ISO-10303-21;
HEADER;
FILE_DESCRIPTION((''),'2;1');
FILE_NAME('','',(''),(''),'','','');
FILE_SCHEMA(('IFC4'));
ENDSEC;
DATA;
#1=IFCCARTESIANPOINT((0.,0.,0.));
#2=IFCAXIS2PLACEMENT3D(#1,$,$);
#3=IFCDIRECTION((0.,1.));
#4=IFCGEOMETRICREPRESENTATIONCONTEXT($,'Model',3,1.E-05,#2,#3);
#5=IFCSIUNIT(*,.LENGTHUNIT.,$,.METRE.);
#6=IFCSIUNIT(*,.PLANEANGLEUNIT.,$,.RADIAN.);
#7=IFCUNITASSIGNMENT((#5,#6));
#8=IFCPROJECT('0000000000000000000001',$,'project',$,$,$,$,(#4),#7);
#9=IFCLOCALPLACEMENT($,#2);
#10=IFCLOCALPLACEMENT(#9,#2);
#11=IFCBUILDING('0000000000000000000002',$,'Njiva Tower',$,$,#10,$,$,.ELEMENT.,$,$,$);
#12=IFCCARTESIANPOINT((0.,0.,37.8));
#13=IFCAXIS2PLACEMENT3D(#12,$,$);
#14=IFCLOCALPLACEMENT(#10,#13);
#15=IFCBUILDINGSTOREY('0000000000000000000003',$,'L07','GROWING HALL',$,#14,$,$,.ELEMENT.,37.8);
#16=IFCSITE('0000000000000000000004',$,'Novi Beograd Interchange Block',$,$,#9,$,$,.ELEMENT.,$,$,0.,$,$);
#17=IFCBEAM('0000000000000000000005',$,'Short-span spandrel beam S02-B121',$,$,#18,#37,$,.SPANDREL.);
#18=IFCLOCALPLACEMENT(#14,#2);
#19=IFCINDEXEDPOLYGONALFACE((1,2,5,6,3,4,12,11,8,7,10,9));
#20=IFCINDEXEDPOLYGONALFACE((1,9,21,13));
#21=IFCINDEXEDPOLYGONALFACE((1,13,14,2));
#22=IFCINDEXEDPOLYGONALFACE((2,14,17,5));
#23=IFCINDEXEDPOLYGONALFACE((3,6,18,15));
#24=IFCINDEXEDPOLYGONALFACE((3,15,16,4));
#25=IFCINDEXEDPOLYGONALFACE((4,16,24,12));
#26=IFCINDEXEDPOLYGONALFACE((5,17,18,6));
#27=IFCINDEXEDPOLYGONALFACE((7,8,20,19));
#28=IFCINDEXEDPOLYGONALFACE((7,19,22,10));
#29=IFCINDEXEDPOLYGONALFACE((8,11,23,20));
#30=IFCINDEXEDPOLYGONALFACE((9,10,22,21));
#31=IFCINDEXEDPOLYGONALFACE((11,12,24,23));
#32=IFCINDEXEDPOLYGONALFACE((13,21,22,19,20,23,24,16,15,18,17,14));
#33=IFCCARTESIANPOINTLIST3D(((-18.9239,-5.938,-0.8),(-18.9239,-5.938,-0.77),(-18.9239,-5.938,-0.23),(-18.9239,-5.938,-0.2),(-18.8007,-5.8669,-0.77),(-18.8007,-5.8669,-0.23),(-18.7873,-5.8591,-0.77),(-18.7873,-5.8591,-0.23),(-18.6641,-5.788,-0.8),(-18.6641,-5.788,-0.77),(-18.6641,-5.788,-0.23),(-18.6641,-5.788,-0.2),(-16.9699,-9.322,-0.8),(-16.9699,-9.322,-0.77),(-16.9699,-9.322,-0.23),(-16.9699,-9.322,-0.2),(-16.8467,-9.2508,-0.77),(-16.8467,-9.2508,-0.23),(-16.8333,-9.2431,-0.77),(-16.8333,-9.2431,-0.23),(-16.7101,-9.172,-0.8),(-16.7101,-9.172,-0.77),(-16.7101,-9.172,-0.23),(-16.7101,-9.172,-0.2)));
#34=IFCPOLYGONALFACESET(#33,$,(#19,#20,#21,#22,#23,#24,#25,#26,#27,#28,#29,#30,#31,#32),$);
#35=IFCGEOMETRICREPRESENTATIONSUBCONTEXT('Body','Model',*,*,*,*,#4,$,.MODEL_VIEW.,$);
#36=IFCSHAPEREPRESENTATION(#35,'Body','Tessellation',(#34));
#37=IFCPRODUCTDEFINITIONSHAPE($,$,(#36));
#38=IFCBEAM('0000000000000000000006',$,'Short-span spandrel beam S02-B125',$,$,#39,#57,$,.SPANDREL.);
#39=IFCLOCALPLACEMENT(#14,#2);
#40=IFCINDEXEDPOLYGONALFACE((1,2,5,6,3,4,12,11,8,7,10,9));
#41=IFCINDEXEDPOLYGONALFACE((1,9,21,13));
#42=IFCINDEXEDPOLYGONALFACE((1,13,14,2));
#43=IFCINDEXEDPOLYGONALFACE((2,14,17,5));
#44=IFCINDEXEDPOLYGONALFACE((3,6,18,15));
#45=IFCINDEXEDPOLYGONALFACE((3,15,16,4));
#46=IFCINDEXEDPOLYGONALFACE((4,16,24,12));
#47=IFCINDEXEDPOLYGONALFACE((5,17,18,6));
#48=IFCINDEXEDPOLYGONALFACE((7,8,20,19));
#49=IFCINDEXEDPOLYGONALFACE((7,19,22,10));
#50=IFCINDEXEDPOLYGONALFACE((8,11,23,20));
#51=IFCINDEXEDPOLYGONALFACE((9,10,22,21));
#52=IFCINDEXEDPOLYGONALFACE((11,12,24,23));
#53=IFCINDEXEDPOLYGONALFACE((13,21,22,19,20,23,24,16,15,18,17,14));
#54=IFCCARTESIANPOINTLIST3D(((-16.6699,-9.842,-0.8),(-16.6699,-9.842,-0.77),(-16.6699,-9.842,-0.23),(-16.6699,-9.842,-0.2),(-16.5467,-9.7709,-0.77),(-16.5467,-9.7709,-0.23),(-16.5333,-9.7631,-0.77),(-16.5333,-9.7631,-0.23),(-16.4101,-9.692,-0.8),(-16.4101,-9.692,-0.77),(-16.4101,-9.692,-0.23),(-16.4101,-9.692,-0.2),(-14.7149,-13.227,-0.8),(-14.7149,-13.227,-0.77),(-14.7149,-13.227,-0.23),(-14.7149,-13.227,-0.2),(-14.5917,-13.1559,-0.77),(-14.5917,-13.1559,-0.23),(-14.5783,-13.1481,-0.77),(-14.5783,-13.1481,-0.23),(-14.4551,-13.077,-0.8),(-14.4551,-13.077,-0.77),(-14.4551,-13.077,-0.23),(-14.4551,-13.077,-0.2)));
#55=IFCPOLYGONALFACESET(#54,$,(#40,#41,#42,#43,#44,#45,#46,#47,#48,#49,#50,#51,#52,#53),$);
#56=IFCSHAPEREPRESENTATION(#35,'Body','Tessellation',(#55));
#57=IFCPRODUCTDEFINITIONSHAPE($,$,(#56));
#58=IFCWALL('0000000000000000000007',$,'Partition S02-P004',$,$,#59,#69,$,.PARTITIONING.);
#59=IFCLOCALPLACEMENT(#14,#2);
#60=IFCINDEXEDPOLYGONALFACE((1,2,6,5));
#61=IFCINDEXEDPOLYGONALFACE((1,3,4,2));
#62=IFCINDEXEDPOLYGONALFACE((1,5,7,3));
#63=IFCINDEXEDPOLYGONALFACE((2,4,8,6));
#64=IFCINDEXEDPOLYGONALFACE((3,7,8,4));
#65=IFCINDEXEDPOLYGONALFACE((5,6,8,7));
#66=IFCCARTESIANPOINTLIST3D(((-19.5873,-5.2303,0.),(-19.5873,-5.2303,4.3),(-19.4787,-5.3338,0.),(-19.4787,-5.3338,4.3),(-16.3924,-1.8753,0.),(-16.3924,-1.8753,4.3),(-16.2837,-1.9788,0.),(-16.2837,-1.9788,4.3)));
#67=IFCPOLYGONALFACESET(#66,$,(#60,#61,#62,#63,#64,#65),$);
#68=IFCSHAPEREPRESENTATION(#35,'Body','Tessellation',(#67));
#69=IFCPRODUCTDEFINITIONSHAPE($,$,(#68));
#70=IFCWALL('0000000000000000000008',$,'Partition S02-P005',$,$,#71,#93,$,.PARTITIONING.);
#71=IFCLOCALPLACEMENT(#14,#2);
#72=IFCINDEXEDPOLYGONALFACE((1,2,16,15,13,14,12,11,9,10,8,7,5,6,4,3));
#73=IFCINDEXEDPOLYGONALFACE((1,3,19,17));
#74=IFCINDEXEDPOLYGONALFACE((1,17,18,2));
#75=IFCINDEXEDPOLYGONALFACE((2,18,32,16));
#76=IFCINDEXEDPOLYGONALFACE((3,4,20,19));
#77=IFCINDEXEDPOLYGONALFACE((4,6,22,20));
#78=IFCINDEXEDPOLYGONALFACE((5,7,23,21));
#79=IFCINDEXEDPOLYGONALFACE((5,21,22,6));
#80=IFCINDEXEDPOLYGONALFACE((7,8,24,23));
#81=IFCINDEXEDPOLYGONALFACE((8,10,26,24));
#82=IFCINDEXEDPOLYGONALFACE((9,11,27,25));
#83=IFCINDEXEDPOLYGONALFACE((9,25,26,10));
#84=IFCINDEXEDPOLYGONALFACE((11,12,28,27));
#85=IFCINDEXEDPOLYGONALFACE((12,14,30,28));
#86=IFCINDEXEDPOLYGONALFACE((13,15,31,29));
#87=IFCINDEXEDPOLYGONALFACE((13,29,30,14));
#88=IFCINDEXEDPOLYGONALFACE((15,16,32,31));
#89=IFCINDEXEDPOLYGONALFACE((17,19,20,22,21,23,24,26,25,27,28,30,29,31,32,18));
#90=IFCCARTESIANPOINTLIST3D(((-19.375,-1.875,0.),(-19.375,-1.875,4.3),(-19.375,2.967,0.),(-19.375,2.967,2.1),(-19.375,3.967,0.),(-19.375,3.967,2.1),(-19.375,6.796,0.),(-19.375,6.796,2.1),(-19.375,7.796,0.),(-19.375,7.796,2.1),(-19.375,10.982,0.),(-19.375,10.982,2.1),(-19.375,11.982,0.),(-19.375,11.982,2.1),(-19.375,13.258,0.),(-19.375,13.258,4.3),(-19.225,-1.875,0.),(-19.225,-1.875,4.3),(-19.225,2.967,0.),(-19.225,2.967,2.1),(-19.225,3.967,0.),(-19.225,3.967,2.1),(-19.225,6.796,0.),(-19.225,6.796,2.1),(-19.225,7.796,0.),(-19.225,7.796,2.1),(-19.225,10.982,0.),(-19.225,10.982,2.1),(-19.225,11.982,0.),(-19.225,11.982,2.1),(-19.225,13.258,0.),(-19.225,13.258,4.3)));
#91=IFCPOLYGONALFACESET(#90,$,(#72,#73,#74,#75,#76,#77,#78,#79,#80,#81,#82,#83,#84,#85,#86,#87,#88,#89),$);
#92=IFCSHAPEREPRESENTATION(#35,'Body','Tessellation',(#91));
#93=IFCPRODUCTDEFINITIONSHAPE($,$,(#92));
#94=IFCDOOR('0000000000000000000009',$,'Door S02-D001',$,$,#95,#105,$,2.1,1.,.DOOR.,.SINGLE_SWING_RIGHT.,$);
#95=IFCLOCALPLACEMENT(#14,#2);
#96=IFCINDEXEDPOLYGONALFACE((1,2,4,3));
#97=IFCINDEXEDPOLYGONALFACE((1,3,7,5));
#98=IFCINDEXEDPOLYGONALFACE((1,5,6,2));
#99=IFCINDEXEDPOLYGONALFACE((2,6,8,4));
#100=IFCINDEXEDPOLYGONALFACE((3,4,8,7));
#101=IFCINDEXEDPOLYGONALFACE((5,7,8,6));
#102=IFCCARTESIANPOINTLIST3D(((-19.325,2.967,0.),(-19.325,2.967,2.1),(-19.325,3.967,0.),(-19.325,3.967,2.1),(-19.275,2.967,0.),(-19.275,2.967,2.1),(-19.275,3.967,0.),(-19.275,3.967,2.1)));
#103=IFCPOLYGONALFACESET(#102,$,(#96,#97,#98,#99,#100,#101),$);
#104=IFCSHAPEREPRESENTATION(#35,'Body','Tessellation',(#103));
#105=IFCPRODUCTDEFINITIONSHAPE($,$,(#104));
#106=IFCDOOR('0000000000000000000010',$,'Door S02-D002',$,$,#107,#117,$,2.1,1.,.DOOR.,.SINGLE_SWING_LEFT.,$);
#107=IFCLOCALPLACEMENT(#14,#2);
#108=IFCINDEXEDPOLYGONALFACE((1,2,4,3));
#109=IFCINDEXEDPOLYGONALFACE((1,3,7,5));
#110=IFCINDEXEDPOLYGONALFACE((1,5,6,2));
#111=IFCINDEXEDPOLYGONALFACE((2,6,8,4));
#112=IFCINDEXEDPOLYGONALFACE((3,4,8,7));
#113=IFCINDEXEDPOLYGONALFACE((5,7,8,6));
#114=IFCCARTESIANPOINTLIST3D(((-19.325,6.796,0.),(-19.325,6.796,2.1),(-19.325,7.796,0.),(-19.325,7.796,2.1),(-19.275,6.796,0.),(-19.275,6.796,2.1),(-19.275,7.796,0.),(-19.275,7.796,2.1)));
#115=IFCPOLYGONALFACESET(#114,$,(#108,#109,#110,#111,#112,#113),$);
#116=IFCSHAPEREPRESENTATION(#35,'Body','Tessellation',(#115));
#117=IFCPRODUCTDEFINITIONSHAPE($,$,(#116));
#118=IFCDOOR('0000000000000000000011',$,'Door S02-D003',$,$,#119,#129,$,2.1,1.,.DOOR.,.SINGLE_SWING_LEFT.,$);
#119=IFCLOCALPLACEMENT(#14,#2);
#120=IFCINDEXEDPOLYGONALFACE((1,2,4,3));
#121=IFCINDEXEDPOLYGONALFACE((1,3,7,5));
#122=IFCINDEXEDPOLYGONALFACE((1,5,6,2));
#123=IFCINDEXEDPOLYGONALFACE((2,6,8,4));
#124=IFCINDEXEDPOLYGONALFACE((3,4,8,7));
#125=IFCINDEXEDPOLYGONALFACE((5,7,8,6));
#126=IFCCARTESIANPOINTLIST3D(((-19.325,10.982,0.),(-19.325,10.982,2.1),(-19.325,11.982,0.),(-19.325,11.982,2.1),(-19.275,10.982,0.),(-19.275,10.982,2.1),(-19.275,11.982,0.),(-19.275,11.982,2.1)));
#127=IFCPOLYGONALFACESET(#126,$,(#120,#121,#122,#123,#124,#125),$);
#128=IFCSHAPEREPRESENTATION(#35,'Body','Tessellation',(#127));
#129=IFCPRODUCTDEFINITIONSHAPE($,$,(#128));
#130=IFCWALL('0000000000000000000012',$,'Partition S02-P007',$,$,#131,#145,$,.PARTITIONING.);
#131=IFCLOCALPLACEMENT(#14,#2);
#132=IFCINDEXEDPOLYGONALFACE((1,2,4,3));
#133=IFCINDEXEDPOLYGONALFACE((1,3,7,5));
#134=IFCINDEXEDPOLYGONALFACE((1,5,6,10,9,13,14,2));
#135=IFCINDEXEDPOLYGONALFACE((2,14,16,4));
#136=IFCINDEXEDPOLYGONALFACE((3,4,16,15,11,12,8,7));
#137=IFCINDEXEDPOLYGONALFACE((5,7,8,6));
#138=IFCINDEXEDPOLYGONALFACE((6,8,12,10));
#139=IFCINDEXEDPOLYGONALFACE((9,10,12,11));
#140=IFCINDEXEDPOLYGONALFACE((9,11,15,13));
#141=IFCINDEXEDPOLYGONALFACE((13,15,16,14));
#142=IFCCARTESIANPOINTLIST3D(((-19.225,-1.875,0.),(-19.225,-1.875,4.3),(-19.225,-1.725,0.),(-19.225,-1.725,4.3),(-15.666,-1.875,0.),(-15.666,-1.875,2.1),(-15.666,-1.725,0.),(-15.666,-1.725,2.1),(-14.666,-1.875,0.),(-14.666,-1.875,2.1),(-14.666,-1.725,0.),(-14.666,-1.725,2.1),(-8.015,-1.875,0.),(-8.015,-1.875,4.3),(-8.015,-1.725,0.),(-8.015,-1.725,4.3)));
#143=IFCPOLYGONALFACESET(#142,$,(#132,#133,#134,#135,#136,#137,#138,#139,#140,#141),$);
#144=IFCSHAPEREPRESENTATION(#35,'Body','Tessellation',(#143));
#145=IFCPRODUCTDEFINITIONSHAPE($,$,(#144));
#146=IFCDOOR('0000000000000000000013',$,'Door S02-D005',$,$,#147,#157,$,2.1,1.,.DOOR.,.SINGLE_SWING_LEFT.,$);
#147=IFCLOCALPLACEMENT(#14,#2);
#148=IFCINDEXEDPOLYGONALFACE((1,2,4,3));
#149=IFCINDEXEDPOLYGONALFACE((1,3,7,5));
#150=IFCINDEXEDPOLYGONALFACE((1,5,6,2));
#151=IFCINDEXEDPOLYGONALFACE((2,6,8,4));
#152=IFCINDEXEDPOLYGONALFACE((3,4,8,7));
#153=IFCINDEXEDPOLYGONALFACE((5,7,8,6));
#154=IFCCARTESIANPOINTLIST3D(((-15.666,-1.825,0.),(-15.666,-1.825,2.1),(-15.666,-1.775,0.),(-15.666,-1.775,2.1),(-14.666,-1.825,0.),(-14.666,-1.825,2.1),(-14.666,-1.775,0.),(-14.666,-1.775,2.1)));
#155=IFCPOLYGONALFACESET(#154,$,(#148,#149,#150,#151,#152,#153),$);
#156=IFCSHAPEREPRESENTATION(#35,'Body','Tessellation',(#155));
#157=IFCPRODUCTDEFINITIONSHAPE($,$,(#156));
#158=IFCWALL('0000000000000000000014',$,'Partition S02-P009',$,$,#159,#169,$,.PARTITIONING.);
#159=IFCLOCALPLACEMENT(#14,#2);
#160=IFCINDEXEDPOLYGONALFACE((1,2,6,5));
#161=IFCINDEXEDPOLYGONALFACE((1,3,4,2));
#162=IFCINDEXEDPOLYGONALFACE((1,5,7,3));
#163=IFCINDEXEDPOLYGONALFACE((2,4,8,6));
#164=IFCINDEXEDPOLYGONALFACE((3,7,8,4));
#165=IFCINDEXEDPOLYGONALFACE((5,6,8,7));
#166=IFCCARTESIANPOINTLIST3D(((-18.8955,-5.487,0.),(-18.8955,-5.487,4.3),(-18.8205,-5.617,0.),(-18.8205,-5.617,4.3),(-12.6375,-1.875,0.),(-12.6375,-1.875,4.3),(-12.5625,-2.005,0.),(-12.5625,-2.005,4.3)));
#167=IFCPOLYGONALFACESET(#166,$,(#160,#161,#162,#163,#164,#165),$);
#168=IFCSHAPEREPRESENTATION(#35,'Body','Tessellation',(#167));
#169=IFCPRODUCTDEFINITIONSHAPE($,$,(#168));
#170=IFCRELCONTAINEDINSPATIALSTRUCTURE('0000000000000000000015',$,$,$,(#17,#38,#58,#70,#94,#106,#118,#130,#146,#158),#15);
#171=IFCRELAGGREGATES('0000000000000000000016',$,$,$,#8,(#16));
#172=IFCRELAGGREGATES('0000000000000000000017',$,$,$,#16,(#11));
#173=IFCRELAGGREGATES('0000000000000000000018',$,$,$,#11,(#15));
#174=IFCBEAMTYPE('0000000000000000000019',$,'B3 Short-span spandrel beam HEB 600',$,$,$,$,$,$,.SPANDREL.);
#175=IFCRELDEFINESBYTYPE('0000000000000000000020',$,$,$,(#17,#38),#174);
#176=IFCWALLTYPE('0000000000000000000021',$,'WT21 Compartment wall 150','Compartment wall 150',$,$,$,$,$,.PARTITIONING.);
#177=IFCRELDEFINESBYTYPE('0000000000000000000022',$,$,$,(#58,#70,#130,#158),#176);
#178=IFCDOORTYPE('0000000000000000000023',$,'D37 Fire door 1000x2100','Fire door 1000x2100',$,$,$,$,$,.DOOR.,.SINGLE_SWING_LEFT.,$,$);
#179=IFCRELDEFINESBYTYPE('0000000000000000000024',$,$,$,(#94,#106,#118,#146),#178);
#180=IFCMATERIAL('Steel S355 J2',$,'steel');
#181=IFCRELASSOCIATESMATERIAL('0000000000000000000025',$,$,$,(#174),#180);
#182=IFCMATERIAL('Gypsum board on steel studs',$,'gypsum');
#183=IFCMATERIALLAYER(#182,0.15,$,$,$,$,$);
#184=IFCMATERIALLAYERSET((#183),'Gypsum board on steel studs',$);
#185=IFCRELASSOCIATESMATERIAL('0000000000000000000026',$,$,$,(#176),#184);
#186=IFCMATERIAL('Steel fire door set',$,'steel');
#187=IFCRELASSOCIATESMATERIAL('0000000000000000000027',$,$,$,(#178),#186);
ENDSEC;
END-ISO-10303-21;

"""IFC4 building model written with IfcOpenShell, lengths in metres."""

from ifc_helpers import new_model, si_unit, direction, frame, frame_2d, origin, origin_2d, place, context, subcontext, project, spatial, rectangle, i_section, extrude, material, layer, layer_set, material_profile, profile_set, type_object, element, fill, save


model = new_model("IFC4")

# Units and contexts
model_context = context("Model", 3, precision=1e-05, world=origin(), true_north=direction((0.0, 1.0)))
body_context = subcontext(model_context, "Body", "Model", "MODEL_VIEW")
ifc_project = project(units=[si_unit("LENGTHUNIT", "METRE"), si_unit("PLANEANGLEUNIT", "RADIAN")], contexts=[model_context])

# Site, building, storey
site_placement = place(None, origin())
site = spatial("IfcSite", under=ifc_project, at=site_placement, Name="Novi Beograd Interchange Block", CompositionType="ELEMENT", RefElevation=0.0)
building_placement = place(site_placement, origin())
building = spatial("IfcBuilding", under=site, at=building_placement, Name="Njiva Tower", CompositionType="ELEMENT")
storey_placement = place(building_placement, frame((0.0, 0.0, 37.8)))
storey = spatial("IfcBuildingStorey", under=building, at=storey_placement, Name="L07", Description="GROWING HALL", CompositionType="ELEMENT", Elevation=37.8)

# Shared definitions
ifc_material_1 = material(Name="Steel S355 J2", Category="steel")

# Beams
ifc_material_profile_1 = material_profile(ifc_material_1, i_section(OverallWidth=0.3, OverallDepth=0.6, WebThickness=0.0155, FlangeThickness=0.03, at=origin_2d()), Name="HEB 600")
ifc_profile_set_1 = profile_set([ifc_material_profile_1], Name="Steel S355 J2")
beam_type_1 = type_object("IfcBeamType", Name="B3 Short-span spandrel beam HEB 600", PredefinedType="SPANDREL", material=ifc_profile_set_1)
beam_1_placement = place(storey_placement, frame((-18.794, -5.863, -0.5), z_axis=(0.500047, -0.865998, 0.0), x_axis=(0.865998, 0.500047, 0.0)))
element("IfcBeam", 1, at=beam_1_placement, inside=storey, type_object=beam_type_1, Name="Short-span spandrel beam S02-B121", PredefinedType="SPANDREL", context=body_context, shape_type="SweptSolid", body=[
    extrude(i_section(OverallWidth=0.3, OverallDepth=0.6, WebThickness=0.0155, FlangeThickness=0.03, at=origin_2d()), origin(), (0.0, 0.0, 1.0), 3.9076),
])
beam_2_placement = place(storey_placement, frame((-16.54, -9.767, -0.5), z_axis=(0.500128, -0.865951, 0.0), x_axis=(0.865951, 0.500128, 0.0)))
element("IfcBeam", 2, at=beam_2_placement, inside=storey, type_object=beam_type_1, Name="Short-span spandrel beam S02-B125", PredefinedType="SPANDREL", context=body_context, shape_type="SweptSolid", body=[
    extrude(i_section(OverallWidth=0.3, OverallDepth=0.6, WebThickness=0.0155, FlangeThickness=0.03, at=origin_2d()), origin(), (0.0, 0.0, 1.0), 3.909),
])

# Wall
ifc_material_2 = material(Name="Gypsum board on steel studs", Category="gypsum")
ifc_layer = layer(ifc_material_2, 0.15)
ifc_layer_set = layer_set([ifc_layer], Name="Gypsum board on steel studs")
wall_type = type_object("IfcWallType", Name="WT21 Compartment wall 150", Description="Compartment wall 150", PredefinedType="PARTITIONING", material=ifc_layer_set)
wall_1_placement = place(storey_placement, frame((-19.533, -5.282, 0.0), z_axis=(0.0, 0.0, 1.0), x_axis=(0.689628, 0.724164, 0.0)))
element("IfcWall", 3, at=wall_1_placement, inside=storey, type_object=wall_type, Name="Partition S02-P004", PredefinedType="PARTITIONING", context=body_context, shape_type="SweptSolid", body=[
    extrude(rectangle(XDim=4.6329, YDim=0.15, at=frame_2d((2.3164, 0.0))), origin(), (0.0, 0.0, 1.0), 4.3),
])

# Wall, openings, doors
wall_2_placement = place(storey_placement, frame((-19.3, -1.875, 0.0), z_axis=(0.0, 0.0, 1.0), x_axis=(0.0, 1.0, 0.0)))
wall_2 = element("IfcWall", 4, at=wall_2_placement, inside=storey, type_object=wall_type, Name="Partition S02-P005", PredefinedType="PARTITIONING", context=body_context, shape_type="SweptSolid", body=[
    extrude(rectangle(XDim=15.133, YDim=0.15, at=frame_2d((7.5665, 0.0))), origin(), (0.0, 0.0, 1.0), 4.3),
])
opening_1_placement = place(wall_2_placement, frame((4.842, 0.0, 0.0)))
opening_1 = element("IfcOpeningElement", 5, at=opening_1_placement, cuts=wall_2, PredefinedType="OPENING", context=body_context, shape_type="SweptSolid", body=[
    extrude(rectangle(XDim=1.0, YDim=2.1, at=frame_2d((0.5, 1.05))), frame((0.0, 0.085, 0.0), z_axis=(0.0, -1.0, 0.0), x_axis=(1.0, 0.0, 0.0)), (0.0, 0.0, 1.0), 0.17),
])
opening_2_placement = place(wall_2_placement, frame((8.671, 0.0, 0.0)))
opening_2 = element("IfcOpeningElement", 6, at=opening_2_placement, cuts=wall_2, PredefinedType="OPENING", context=body_context, shape_type="SweptSolid", body=[
    extrude(rectangle(XDim=1.0, YDim=2.1, at=frame_2d((0.5, 1.05))), frame((0.0, 0.085, 0.0), z_axis=(0.0, -1.0, 0.0), x_axis=(1.0, 0.0, 0.0)), (0.0, 0.0, 1.0), 0.17),
])
opening_3_placement = place(wall_2_placement, frame((12.857, 0.0, 0.0)))
opening_3 = element("IfcOpeningElement", 7, at=opening_3_placement, cuts=wall_2, PredefinedType="OPENING", context=body_context, shape_type="SweptSolid", body=[
    extrude(rectangle(XDim=1.0, YDim=2.1, at=frame_2d((0.5, 1.05))), frame((0.0, 0.085, 0.0), z_axis=(0.0, -1.0, 0.0), x_axis=(1.0, 0.0, 0.0)), (0.0, 0.0, 1.0), 0.17),
])
ifc_material_3 = material(Name="Steel fire door set", Category="steel")
door_type = type_object("IfcDoorType", Name="D37 Fire door 1000x2100", Description="Fire door 1000x2100", OperationType="SINGLE_SWING_LEFT", PredefinedType="DOOR", material=ifc_material_3)
door_1_placement = place(opening_1_placement, origin())
door_1 = element("IfcDoor", 8, at=door_1_placement, inside=storey, type_object=door_type, Name="Door S02-D001", OperationType="SINGLE_SWING_RIGHT", OverallHeight=2.1, OverallWidth=1.0, PredefinedType="DOOR", context=body_context, shape_type="SweptSolid", body=[
    extrude(rectangle(XDim=1.0, YDim=2.1, at=frame_2d((0.5, 1.05))), frame((0.0, 0.025, 0.0), z_axis=(0.0, -1.0, 0.0), x_axis=(1.0, 0.0, 0.0)), (0.0, 0.0, 1.0), 0.05),
])
fill(opening_1, door_1)
door_2_placement = place(opening_2_placement, origin())
door_2 = element("IfcDoor", 9, at=door_2_placement, inside=storey, type_object=door_type, Name="Door S02-D002", OperationType="SINGLE_SWING_LEFT", OverallHeight=2.1, OverallWidth=1.0, PredefinedType="DOOR", context=body_context, shape_type="SweptSolid", body=[
    extrude(rectangle(XDim=1.0, YDim=2.1, at=frame_2d((0.5, 1.05))), frame((0.0, 0.025, 0.0), z_axis=(0.0, -1.0, 0.0), x_axis=(1.0, 0.0, 0.0)), (0.0, 0.0, 1.0), 0.05),
])
fill(opening_2, door_2)
door_3_placement = place(opening_3_placement, origin())
door_3 = element("IfcDoor", 10, at=door_3_placement, inside=storey, type_object=door_type, Name="Door S02-D003", OperationType="SINGLE_SWING_LEFT", OverallHeight=2.1, OverallWidth=1.0, PredefinedType="DOOR", context=body_context, shape_type="SweptSolid", body=[
    extrude(rectangle(XDim=1.0, YDim=2.1, at=frame_2d((0.5, 1.05))), frame((0.0, 0.025, 0.0), z_axis=(0.0, -1.0, 0.0), x_axis=(1.0, 0.0, 0.0)), (0.0, 0.0, 1.0), 0.05),
])
fill(opening_3, door_3)

# Wall, opening, door
wall_3_placement = place(storey_placement, frame((-19.225, -1.8, 0.0), z_axis=(0.0, 0.0, 1.0), x_axis=(1.0, 0.0, 0.0)))
wall_3 = element("IfcWall", 11, at=wall_3_placement, inside=storey, type_object=wall_type, Name="Partition S02-P007", PredefinedType="PARTITIONING", context=body_context, shape_type="SweptSolid", body=[
    extrude(rectangle(XDim=11.21, YDim=0.15, at=frame_2d((5.605, 0.0))), origin(), (0.0, 0.0, 1.0), 4.3),
])
opening_4_placement = place(wall_3_placement, frame((3.559, 0.0, 0.0)))
opening_4 = element("IfcOpeningElement", 12, at=opening_4_placement, cuts=wall_3, PredefinedType="OPENING", context=body_context, shape_type="SweptSolid", body=[
    extrude(rectangle(XDim=1.0, YDim=2.1, at=frame_2d((0.5, 1.05))), frame((0.0, 0.085, 0.0), z_axis=(0.0, -1.0, 0.0), x_axis=(1.0, 0.0, 0.0)), (0.0, 0.0, 1.0), 0.17),
])
door_4_placement = place(opening_4_placement, origin())
door_4 = element("IfcDoor", 13, at=door_4_placement, inside=storey, type_object=door_type, Name="Door S02-D005", OperationType="SINGLE_SWING_LEFT", OverallHeight=2.1, OverallWidth=1.0, PredefinedType="DOOR", context=body_context, shape_type="SweptSolid", body=[
    extrude(rectangle(XDim=1.0, YDim=2.1, at=frame_2d((0.5, 1.05))), frame((0.0, 0.025, 0.0), z_axis=(0.0, -1.0, 0.0), x_axis=(1.0, 0.0, 0.0)), (0.0, 0.0, 1.0), 0.05),
])
fill(opening_4, door_4)

# Wall
wall_4_placement = place(storey_placement, frame((-18.858, -5.552, 0.0), z_axis=(0.0, 0.0, 1.0), x_axis=(0.866089, 0.49989, 0.0)))
element("IfcWall", 14, at=wall_4_placement, inside=storey, type_object=wall_type, Name="Partition S02-P009", PredefinedType="PARTITIONING", context=body_context, shape_type="SweptSolid", body=[
    extrude(rectangle(XDim=7.2256, YDim=0.15, at=frame_2d((3.6128, 0.0))), origin(), (0.0, 0.0, 1.0), 4.3),
])

save(model, "model.ifc")
